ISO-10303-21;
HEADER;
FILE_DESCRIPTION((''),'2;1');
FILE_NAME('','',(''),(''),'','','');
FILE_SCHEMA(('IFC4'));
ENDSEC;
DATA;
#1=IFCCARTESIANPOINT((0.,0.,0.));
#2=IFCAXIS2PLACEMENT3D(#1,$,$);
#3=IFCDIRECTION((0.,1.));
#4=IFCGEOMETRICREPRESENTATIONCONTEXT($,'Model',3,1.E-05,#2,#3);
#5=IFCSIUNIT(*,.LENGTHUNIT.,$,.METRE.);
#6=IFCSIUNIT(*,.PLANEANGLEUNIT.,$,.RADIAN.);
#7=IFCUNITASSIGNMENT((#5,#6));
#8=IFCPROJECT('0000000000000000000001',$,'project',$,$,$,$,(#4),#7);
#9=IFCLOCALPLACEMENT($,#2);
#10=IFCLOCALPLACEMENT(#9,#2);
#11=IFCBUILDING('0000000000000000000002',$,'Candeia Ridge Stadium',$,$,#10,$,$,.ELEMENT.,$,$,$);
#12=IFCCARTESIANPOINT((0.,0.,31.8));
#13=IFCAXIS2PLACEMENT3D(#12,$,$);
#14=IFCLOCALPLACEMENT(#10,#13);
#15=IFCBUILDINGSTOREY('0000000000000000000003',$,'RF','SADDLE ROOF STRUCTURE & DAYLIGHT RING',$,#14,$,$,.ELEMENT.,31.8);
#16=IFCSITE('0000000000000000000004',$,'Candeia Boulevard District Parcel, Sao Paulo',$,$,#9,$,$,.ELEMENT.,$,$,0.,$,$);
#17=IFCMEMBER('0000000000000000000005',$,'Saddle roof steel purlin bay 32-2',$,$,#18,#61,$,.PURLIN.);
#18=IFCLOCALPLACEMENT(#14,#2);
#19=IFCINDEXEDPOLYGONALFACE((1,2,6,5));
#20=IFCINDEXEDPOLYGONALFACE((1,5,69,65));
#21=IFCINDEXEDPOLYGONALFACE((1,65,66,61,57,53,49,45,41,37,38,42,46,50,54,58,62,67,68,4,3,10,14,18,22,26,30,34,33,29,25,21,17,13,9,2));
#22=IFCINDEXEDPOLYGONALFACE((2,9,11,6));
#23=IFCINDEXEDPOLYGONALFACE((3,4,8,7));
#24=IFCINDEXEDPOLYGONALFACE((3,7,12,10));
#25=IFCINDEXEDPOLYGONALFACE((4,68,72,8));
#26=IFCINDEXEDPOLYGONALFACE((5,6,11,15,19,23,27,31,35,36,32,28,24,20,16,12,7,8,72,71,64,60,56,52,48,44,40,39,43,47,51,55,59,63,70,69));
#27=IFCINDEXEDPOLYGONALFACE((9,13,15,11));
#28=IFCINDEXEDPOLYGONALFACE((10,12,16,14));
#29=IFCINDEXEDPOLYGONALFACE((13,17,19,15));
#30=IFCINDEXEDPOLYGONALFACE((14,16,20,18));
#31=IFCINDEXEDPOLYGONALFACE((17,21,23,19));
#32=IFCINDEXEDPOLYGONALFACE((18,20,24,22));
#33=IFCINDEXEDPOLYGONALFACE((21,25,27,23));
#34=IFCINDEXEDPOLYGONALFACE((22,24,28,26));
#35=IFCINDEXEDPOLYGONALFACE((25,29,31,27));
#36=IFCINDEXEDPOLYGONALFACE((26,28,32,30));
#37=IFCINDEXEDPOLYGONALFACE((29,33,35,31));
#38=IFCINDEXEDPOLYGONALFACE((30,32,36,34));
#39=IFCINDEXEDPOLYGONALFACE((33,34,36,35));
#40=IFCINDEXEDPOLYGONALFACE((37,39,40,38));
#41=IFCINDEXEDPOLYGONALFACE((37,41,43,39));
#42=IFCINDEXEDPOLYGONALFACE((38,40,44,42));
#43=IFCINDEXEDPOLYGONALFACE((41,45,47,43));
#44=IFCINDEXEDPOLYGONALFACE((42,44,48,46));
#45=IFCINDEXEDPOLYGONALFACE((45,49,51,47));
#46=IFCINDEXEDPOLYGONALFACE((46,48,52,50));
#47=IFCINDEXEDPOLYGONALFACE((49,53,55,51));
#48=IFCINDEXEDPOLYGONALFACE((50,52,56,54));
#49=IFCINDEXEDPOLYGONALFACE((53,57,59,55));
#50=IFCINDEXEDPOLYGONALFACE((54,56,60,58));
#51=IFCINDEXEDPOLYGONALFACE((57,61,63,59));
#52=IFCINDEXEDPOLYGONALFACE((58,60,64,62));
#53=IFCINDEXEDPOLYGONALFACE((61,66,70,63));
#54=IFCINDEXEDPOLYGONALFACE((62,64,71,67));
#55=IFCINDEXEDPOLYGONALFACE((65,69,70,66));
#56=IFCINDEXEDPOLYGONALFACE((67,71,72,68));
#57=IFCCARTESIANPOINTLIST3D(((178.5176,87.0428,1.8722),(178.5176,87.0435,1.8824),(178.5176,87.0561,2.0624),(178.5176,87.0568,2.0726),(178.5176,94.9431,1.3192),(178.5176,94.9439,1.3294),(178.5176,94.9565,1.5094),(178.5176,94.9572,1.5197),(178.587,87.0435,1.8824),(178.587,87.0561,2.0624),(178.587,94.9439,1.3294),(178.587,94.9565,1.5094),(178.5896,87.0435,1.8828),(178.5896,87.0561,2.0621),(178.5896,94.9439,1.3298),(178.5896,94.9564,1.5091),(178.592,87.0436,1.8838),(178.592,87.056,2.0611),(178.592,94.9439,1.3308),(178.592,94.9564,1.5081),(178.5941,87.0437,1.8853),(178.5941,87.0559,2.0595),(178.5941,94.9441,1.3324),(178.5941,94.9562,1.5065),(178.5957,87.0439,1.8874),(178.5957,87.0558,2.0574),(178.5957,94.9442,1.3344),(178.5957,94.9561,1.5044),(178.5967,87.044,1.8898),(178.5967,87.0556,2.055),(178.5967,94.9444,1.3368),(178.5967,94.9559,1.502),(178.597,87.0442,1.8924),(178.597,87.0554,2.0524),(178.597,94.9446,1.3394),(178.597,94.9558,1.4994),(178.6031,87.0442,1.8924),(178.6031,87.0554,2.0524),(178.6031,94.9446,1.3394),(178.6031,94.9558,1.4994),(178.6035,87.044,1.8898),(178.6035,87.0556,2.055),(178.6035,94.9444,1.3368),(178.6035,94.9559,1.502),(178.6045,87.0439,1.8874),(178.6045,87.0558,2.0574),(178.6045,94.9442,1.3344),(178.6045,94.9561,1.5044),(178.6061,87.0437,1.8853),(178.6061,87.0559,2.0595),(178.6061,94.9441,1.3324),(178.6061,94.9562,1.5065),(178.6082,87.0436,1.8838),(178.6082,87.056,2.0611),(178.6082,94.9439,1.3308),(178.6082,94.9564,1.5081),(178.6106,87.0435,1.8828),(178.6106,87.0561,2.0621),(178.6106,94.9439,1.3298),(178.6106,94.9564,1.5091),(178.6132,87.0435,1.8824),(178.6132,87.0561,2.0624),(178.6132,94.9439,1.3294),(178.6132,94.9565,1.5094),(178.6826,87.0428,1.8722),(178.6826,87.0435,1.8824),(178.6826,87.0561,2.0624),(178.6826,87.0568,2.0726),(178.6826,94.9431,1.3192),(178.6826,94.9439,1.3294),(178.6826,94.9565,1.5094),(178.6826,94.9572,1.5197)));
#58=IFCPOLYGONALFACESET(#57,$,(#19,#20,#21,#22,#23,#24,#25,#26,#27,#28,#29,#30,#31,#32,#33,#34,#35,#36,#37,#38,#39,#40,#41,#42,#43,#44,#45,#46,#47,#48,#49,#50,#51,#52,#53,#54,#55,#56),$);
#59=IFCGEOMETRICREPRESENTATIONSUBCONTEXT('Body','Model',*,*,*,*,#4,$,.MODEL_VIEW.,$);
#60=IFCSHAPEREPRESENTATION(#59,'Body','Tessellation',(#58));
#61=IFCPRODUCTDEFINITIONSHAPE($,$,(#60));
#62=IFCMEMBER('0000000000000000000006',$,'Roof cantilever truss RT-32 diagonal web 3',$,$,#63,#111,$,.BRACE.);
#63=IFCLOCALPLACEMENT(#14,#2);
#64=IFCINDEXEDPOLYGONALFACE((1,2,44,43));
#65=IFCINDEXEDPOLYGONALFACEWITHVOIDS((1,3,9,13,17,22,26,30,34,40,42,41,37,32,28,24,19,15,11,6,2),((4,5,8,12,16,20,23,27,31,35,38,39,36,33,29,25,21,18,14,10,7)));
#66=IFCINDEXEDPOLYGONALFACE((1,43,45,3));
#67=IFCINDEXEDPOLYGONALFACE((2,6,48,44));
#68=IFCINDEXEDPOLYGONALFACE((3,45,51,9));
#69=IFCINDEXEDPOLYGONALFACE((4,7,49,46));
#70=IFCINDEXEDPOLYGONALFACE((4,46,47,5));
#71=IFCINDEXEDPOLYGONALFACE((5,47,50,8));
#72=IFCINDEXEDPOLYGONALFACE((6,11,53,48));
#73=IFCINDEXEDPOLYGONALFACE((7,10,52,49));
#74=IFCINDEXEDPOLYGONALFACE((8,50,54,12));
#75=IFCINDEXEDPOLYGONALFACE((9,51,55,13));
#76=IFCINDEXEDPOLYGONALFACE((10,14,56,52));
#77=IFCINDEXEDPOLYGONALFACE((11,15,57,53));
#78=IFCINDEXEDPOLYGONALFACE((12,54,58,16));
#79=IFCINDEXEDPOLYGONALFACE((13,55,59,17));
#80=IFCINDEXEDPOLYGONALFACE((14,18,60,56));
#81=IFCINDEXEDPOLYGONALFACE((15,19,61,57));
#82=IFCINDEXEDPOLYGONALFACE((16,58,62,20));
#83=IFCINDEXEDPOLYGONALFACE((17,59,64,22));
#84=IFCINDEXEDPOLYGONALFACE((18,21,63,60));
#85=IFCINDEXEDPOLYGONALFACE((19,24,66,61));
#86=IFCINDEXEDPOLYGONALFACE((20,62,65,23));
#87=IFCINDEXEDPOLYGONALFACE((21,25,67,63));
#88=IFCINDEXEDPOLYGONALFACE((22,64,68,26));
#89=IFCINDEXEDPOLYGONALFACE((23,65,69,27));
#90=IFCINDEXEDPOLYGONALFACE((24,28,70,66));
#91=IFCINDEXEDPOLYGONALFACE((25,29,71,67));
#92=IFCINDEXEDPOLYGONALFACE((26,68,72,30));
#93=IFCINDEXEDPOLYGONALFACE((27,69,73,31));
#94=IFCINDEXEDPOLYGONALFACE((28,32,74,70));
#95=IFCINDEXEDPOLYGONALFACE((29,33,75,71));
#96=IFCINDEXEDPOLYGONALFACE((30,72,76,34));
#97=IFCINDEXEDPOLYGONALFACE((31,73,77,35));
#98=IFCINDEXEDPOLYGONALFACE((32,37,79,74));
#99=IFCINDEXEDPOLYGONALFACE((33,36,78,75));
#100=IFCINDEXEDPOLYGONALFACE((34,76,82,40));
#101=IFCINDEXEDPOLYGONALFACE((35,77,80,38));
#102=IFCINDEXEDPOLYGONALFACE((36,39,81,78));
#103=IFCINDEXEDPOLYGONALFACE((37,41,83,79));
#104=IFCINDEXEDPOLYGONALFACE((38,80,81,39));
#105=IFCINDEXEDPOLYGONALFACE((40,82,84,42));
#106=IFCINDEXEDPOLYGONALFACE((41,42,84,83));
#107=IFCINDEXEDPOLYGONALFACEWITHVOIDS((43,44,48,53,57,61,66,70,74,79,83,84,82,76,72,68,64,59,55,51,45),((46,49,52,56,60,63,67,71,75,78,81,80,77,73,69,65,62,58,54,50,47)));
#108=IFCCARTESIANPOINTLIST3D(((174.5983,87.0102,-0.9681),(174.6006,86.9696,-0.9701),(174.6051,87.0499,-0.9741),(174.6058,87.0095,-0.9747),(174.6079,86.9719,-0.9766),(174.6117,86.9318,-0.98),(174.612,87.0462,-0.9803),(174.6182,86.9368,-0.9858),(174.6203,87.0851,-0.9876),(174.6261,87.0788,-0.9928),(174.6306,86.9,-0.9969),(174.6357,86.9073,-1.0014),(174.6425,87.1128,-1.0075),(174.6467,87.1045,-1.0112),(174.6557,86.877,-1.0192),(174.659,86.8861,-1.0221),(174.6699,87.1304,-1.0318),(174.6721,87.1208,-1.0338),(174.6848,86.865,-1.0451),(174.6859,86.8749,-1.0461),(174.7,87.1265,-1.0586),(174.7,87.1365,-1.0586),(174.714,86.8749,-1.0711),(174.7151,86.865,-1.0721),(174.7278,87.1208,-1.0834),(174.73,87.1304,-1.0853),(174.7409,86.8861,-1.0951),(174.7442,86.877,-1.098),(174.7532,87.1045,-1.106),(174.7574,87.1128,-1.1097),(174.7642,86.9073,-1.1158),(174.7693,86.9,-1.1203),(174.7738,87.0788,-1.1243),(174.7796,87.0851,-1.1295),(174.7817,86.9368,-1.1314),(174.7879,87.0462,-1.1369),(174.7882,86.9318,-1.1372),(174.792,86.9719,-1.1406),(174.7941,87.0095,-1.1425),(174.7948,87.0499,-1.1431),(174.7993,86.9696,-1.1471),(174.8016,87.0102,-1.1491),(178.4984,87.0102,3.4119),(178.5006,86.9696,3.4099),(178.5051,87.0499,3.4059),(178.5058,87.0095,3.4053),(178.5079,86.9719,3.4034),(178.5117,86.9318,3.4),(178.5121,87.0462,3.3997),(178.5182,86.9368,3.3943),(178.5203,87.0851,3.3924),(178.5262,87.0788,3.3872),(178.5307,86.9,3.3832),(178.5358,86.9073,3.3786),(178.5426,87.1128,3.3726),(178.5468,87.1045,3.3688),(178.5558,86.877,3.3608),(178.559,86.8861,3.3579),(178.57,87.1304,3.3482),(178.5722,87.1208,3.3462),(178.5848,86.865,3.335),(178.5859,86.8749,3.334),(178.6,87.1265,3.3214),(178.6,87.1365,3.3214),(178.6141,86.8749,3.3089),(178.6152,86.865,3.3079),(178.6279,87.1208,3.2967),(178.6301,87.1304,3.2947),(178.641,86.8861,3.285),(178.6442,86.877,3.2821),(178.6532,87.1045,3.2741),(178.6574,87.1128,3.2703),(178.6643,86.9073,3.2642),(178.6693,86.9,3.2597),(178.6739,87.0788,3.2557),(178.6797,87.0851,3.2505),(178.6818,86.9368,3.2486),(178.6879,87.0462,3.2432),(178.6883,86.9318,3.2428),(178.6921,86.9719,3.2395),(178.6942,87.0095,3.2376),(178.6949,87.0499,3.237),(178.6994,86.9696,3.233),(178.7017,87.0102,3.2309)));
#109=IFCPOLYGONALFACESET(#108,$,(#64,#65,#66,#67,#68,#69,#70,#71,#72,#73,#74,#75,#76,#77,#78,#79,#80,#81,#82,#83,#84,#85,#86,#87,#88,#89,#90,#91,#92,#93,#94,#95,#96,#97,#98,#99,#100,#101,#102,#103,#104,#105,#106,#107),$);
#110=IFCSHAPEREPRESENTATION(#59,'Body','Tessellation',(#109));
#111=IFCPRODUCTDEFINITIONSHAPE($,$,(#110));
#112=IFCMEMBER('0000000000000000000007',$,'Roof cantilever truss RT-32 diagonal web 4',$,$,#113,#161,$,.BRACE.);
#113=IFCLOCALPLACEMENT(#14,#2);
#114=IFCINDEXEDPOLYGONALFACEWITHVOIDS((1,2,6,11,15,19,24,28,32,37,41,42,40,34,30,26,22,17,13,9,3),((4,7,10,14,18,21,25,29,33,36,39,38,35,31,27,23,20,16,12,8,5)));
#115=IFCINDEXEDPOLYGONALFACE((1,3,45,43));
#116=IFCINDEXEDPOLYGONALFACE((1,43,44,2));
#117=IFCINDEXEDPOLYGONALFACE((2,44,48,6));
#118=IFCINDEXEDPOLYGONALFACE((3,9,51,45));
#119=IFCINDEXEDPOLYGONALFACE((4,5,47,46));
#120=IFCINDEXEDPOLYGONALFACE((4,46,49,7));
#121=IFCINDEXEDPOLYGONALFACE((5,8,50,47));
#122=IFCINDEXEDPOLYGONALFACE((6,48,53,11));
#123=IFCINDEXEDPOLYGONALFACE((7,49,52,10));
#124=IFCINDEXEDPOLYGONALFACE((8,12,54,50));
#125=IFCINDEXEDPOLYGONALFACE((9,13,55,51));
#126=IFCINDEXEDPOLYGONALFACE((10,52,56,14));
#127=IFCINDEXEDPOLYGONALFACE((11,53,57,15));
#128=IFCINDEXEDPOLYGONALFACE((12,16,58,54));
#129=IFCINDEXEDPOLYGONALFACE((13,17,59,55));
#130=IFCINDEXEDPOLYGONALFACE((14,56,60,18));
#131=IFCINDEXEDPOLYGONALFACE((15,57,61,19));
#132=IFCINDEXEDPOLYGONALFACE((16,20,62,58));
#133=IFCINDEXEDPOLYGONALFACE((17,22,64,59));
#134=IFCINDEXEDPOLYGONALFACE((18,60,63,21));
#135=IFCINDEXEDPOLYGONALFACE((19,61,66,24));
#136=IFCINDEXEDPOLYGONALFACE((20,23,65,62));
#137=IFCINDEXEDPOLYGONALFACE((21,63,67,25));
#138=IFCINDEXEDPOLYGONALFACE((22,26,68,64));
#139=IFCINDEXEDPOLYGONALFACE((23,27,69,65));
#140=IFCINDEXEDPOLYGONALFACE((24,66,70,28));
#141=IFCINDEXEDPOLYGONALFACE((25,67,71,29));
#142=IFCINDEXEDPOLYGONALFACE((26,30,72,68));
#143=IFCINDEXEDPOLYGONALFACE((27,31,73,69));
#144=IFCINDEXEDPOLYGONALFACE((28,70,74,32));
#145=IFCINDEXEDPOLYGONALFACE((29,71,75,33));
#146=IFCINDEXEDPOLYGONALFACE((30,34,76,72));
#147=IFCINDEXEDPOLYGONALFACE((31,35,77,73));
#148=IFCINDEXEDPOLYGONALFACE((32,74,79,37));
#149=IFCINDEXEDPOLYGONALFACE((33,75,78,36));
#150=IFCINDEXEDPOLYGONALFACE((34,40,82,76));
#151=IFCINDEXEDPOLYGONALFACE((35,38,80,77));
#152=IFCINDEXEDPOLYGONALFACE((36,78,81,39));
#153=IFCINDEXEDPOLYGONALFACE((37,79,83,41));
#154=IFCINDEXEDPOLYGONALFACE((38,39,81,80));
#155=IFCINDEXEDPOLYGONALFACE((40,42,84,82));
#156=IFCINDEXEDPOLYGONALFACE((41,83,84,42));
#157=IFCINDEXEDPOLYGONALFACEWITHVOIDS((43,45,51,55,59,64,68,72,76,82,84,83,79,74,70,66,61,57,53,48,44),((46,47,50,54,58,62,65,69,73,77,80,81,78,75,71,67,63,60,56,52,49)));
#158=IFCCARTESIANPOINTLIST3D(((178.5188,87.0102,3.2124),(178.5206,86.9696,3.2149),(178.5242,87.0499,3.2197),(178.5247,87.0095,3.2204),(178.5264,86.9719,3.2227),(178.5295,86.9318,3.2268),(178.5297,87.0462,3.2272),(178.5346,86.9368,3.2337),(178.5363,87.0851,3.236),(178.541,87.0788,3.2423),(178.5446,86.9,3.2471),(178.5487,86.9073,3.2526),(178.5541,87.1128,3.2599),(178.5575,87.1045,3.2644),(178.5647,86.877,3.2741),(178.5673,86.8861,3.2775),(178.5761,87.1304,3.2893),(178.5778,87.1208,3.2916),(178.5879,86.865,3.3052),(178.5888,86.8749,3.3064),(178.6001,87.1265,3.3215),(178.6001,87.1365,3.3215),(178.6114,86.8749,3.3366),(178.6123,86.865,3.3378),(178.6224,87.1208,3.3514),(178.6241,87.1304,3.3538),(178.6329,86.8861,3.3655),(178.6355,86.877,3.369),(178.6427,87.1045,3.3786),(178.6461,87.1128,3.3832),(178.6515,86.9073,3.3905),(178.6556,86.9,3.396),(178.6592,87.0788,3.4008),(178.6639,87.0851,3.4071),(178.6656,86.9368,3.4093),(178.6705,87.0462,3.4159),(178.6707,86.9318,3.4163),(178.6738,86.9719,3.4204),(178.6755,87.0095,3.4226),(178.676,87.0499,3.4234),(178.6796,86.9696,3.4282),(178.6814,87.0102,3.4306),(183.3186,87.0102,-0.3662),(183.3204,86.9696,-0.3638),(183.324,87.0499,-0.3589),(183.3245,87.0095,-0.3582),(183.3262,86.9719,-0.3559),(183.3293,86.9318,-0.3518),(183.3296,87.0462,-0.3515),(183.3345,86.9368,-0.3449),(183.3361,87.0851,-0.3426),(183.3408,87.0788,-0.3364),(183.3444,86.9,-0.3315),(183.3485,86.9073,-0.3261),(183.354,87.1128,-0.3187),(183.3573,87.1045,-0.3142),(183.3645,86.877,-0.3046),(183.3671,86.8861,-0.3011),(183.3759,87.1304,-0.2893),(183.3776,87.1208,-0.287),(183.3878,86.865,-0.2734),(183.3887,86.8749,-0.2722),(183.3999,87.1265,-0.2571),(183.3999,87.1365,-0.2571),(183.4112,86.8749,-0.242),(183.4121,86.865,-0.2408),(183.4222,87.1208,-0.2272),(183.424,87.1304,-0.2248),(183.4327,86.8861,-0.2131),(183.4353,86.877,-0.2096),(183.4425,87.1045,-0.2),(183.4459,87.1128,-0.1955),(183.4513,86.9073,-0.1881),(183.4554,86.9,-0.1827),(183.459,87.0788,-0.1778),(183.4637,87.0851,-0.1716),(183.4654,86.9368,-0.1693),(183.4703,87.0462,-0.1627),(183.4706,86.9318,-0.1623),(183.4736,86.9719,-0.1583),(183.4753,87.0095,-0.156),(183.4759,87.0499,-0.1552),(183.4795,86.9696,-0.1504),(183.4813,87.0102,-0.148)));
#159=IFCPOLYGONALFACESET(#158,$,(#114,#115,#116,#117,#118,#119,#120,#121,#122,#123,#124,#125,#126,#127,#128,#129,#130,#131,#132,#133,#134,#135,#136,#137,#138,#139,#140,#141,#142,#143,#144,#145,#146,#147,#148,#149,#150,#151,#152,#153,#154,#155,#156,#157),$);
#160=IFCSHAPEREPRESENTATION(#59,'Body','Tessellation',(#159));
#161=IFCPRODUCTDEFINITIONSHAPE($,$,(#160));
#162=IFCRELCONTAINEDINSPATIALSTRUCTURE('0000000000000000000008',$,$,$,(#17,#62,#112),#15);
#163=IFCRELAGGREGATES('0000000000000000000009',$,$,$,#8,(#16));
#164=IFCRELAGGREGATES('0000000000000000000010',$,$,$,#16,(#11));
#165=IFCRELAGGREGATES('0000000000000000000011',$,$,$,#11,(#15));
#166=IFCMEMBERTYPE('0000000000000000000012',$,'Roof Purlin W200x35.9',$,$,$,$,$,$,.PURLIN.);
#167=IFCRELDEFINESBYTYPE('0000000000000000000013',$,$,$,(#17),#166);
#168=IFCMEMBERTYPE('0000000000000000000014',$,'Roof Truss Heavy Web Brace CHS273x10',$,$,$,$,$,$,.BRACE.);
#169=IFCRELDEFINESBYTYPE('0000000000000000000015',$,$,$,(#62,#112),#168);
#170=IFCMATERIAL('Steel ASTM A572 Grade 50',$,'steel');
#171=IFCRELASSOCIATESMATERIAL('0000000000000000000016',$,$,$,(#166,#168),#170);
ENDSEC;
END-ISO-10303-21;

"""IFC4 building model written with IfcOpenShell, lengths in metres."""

from ifc_helpers import new_model, si_unit, direction, frame, origin, origin_2d, place, context, subcontext, project, spatial, hollow_circle, i_section, extrude, material, material_profile, profile_set, type_object, element, save


model = new_model("IFC4")

# Units and contexts
model_context = context("Model", 3, precision=1e-05, world=origin(), true_north=direction((0.0, 1.0)))
body_context = subcontext(model_context, "Body", "Model", "MODEL_VIEW")
ifc_project = project(units=[si_unit("LENGTHUNIT", "METRE"), si_unit("PLANEANGLEUNIT", "RADIAN")], contexts=[model_context])

# Site, building, storey
site_placement = place(None, origin())
site = spatial("IfcSite", under=ifc_project, at=site_placement, Name="Candeia Boulevard District Parcel, Sao Paulo", CompositionType="ELEMENT", RefElevation=0.0)
building_placement = place(site_placement, origin())
building = spatial("IfcBuilding", under=site, at=building_placement, Name="Candeia Ridge Stadium", CompositionType="ELEMENT")
storey_placement = place(building_placement, frame((0.0, 0.0, 31.8)))
storey = spatial("IfcBuildingStorey", under=building, at=storey_placement, Name="RF", Description="SADDLE ROOF STRUCTURE & DAYLIGHT RING", CompositionType="ELEMENT", Elevation=31.8)

# Shared definitions
ifc_material_1 = material(Name="Steel ASTM A572 Grade 50", Category="steel")

# Members
ifc_material_profile_1 = material_profile(ifc_material_1, i_section(OverallWidth=0.165, OverallDepth=0.2009, WebThickness=0.0061, FlangeThickness=0.0103, FilletRadius=0.01, at=origin_2d()), Name="W200x35.9", Category="steel")
ifc_profile_set_1 = profile_set([ifc_material_profile_1], Name="Steel ASTM A572 Grade 50")
member_type_1 = type_object("IfcMemberType", Name="Roof Purlin W200x35.9", PredefinedType="PURLIN", material=ifc_profile_set_1)
member_1_placement = place(storey_placement, frame((178.6001, 87.0498, 1.9724), z_axis=(0.0, 0.997559, -0.069823), x_axis=(-1.0, 0.0, 0.0)))
element("IfcMember", 1, at=member_1_placement, inside=storey, type_object=member_type_1, Name="Saddle roof steel purlin bay 32-2", PredefinedType="PURLIN", context=body_context, shape_type="SweptSolid", body=[
    extrude(i_section(OverallWidth=0.165, OverallDepth=0.2009, WebThickness=0.0061, FlangeThickness=0.0103, FilletRadius=0.01, at=origin_2d()), origin(), (0.0, 0.0, 1.0), 7.9197),
])
ifc_material_profile_2 = material_profile(ifc_material_1, hollow_circle(Radius=0.1365, WallThickness=0.01, at=origin_2d()), Name="CHS273x10", Category="steel")
ifc_profile_set_2 = profile_set([ifc_material_profile_2], Name="Steel ASTM A572 Grade 50")
member_type_2 = type_object("IfcMemberType", Name="Roof Truss Heavy Web Brace CHS273x10", PredefinedType="BRACE", material=ifc_profile_set_2)
member_2_placement = place(storey_placement, frame((174.7, 87.0, -1.0586), z_axis=(0.665002, 0.0, 0.746842), x_axis=(0.0, 1.0, 0.0)))
element("IfcMember", 2, at=member_2_placement, inside=storey, type_object=member_type_2, Name="Roof cantilever truss RT-32 diagonal web 3", PredefinedType="BRACE", context=body_context, shape_type="SweptSolid", body=[
    extrude(hollow_circle(Radius=0.1365, WallThickness=0.01, at=origin_2d()), origin(), (0.0, 0.0, 1.0), 5.8647),
])
member_3_placement = place(storey_placement, frame((178.6001, 87.0, 3.3215), z_axis=(0.8017, 0.0, -0.597727), x_axis=(0.0, 1.0, 0.0)))
element("IfcMember", 3, at=member_3_placement, inside=storey, type_object=member_type_2, Name="Roof cantilever truss RT-32 diagonal web 4", PredefinedType="BRACE", context=body_context, shape_type="SweptSolid", body=[
    extrude(hollow_circle(Radius=0.1365, WallThickness=0.01, at=origin_2d()), origin(), (0.0, 0.0, 1.0), 5.9871),
])

save(model, "model.ifc")
